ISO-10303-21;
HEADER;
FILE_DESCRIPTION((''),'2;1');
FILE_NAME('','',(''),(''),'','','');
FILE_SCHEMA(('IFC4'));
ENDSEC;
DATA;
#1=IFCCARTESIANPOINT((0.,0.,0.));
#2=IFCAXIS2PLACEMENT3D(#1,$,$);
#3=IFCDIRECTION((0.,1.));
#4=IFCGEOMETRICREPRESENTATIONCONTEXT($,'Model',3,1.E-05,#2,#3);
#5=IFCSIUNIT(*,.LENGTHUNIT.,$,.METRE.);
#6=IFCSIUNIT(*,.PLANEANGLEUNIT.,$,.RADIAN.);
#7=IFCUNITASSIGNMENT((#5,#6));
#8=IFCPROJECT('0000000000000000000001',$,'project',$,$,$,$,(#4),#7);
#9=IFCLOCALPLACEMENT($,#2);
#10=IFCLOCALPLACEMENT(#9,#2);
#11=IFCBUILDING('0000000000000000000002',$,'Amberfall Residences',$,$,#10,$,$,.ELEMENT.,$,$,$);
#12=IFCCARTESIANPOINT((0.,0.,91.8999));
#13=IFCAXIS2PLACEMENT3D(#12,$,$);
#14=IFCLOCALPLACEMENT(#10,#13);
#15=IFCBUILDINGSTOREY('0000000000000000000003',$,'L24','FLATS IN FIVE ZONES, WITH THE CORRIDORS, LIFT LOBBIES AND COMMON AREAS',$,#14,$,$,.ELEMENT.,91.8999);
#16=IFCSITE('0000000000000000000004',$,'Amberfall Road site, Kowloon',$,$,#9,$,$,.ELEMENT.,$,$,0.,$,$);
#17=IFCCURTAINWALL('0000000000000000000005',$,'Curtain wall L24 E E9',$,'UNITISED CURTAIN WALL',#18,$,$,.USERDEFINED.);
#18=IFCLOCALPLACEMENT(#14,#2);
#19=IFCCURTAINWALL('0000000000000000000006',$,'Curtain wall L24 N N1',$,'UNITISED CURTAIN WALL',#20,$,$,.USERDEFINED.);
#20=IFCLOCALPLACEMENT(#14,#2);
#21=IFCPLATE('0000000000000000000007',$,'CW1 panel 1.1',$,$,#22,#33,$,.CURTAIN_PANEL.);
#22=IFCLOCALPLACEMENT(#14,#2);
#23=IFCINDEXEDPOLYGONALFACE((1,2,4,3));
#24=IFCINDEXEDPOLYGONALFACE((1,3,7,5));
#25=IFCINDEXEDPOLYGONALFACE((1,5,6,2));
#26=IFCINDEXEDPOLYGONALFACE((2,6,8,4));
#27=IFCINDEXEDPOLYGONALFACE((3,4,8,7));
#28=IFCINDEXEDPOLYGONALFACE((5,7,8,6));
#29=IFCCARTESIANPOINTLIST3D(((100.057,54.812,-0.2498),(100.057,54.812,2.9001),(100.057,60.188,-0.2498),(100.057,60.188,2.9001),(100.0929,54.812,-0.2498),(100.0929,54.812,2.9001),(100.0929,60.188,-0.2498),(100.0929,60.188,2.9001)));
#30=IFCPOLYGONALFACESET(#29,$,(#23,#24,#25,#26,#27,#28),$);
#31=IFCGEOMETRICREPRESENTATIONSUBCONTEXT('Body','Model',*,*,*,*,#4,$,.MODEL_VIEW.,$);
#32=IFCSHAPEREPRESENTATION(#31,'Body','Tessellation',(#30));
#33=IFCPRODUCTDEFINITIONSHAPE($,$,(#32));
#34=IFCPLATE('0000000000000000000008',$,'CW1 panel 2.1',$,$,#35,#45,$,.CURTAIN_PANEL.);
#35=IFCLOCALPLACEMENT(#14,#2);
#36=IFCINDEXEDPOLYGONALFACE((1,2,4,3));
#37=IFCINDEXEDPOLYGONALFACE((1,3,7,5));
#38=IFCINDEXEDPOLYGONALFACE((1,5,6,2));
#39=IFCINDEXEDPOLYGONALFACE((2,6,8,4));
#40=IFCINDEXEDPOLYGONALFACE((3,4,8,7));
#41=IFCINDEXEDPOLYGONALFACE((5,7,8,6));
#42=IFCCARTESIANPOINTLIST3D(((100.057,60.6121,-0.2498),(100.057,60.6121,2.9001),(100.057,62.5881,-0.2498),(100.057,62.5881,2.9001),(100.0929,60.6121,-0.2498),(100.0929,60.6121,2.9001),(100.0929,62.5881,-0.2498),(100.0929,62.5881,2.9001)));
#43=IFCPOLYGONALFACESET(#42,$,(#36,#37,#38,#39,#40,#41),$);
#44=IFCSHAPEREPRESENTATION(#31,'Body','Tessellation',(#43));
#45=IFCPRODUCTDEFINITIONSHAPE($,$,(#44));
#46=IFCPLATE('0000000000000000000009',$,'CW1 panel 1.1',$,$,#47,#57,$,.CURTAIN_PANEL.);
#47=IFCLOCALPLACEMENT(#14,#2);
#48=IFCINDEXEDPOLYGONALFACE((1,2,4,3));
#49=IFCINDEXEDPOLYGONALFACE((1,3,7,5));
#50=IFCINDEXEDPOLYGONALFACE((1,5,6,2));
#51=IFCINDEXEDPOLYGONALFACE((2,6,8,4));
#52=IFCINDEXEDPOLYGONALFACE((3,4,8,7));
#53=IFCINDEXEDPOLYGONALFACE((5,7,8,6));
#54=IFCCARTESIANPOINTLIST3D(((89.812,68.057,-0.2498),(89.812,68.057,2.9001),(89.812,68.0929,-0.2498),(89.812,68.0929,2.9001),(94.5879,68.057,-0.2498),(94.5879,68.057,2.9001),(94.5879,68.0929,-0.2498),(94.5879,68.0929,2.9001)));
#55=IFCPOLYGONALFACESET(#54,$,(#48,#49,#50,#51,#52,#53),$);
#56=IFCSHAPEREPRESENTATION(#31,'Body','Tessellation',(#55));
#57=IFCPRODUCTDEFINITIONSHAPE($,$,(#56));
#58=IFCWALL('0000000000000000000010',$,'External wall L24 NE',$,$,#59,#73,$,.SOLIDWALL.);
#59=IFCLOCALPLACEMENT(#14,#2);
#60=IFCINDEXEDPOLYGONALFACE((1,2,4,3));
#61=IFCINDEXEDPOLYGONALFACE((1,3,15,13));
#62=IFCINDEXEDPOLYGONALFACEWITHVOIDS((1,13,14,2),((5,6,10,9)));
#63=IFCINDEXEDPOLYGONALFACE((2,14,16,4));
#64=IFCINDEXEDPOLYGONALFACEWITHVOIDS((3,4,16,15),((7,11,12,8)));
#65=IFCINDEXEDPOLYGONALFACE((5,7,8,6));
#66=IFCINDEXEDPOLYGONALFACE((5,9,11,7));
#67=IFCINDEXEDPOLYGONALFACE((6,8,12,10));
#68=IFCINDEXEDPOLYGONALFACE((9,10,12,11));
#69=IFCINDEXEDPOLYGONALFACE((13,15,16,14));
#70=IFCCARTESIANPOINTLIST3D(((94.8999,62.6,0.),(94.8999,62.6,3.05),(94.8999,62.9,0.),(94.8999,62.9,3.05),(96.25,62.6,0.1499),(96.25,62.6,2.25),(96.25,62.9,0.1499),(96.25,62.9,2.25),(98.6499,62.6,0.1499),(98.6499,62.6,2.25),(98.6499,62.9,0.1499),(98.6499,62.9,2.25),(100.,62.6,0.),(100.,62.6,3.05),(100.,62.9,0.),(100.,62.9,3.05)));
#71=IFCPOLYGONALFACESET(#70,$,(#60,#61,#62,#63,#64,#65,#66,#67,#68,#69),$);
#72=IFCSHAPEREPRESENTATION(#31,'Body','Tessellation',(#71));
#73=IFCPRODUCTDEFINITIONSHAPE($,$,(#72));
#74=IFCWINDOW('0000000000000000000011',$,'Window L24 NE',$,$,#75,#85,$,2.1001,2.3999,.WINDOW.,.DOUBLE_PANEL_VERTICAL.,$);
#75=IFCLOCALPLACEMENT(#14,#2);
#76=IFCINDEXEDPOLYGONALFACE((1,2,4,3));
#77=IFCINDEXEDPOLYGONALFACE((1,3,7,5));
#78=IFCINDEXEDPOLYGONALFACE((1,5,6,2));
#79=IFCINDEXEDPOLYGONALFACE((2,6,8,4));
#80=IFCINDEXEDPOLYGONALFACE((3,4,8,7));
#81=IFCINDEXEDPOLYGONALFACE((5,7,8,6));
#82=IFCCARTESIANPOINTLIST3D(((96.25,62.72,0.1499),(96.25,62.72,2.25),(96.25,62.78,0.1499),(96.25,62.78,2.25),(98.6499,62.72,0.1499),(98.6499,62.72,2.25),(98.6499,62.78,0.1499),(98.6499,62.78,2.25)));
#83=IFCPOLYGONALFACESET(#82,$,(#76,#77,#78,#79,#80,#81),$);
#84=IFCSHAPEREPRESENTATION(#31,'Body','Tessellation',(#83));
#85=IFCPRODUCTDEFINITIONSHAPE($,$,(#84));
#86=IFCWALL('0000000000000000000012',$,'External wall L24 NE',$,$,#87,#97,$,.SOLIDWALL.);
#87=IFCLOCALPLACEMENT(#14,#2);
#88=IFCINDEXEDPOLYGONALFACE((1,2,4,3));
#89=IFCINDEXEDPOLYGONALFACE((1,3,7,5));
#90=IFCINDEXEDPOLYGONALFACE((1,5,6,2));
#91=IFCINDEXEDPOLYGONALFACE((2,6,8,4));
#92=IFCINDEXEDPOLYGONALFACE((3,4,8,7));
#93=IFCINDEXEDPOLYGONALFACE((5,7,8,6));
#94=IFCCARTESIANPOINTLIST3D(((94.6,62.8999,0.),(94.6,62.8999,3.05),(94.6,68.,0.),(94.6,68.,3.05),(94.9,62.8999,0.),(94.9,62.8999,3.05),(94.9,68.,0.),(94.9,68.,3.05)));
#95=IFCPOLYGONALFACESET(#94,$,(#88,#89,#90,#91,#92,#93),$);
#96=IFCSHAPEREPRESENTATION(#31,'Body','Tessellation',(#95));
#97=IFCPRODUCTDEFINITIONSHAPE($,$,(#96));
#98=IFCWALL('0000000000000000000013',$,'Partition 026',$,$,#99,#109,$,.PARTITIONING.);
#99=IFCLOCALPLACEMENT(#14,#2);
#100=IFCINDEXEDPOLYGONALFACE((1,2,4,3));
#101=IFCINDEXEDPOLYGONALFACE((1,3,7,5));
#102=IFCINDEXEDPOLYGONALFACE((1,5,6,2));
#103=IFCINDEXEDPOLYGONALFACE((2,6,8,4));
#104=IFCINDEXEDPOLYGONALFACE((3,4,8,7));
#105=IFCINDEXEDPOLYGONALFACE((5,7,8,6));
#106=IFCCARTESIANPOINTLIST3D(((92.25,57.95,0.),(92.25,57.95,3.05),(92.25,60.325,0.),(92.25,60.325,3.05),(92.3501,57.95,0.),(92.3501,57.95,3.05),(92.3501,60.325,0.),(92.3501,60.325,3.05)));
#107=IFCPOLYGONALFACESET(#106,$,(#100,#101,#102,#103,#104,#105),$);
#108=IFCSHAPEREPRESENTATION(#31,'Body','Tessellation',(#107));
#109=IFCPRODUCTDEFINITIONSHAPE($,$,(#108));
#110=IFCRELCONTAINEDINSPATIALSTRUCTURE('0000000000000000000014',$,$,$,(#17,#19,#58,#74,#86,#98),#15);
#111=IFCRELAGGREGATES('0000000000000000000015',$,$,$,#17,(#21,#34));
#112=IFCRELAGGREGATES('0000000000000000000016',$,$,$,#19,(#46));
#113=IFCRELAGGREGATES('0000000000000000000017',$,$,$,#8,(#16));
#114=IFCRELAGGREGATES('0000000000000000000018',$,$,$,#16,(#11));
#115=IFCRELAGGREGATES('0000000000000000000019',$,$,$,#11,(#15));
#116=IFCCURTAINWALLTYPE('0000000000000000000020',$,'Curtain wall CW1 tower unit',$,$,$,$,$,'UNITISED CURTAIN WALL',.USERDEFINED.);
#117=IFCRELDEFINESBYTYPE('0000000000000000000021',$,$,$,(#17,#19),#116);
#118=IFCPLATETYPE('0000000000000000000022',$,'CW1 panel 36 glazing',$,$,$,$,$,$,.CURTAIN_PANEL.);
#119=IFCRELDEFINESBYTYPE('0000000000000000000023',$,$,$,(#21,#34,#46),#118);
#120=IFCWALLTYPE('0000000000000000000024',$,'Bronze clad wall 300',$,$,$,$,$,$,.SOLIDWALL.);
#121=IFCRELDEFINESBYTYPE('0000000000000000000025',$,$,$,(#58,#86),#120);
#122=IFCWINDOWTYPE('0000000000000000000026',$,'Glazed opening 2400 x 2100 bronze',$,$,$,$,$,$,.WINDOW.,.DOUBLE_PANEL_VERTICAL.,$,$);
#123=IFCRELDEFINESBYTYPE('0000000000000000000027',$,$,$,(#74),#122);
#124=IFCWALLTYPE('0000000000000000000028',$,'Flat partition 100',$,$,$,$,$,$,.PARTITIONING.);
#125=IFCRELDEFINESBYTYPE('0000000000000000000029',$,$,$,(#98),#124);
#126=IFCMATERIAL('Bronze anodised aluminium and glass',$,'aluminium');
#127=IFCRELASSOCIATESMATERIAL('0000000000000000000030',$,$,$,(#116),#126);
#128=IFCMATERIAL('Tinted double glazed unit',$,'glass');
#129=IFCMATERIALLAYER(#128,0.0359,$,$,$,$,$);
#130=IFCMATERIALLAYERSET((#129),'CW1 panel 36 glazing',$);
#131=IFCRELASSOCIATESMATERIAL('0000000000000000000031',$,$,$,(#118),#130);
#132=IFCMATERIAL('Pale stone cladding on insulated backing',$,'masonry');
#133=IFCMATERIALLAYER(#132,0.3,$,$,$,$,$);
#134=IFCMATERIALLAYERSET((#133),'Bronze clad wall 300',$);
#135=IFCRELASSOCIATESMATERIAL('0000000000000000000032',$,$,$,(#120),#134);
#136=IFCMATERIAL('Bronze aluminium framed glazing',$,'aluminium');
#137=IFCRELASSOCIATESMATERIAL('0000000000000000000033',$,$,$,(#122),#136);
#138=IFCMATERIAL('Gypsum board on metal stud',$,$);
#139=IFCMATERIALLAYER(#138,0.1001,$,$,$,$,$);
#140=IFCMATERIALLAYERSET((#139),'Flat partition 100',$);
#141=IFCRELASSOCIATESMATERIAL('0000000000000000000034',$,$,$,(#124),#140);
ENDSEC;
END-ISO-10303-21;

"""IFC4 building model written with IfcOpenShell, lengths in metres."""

from ifc_helpers import new_model, si_unit, direction, frame, frame_2d, origin, origin_2d, place, context, subcontext, project, spatial, rectangle, extrude, material, layer, layer_set, type_object, element, fill, aggregate, save


model = new_model("IFC4")

# Units and contexts
model_context = context("Model", 3, precision=1e-05, world=origin(), true_north=direction((0.0, 1.0)))
body_context = subcontext(model_context, "Body", "Model", "MODEL_VIEW")
ifc_project = project(units=[si_unit("LENGTHUNIT", "METRE"), si_unit("PLANEANGLEUNIT", "RADIAN")], contexts=[model_context])

# Site, building, storey
site_placement = place(None, origin())
site = spatial("IfcSite", under=ifc_project, at=site_placement, Name="Amberfall Road site, Kowloon", CompositionType="ELEMENT", RefElevation=0.0)
building_placement = place(site_placement, origin())
building = spatial("IfcBuilding", under=site, at=building_placement, Name="Amberfall Residences", CompositionType="ELEMENT")
storey_placement = place(building_placement, frame((0.0, 0.0, 91.8999)))
storey = spatial("IfcBuildingStorey", under=building, at=storey_placement, Name="L24", Description="FLATS IN FIVE ZONES, WITH THE CORRIDORS, LIFT LOBBIES AND COMMON AREAS", CompositionType="ELEMENT", Elevation=91.8999)

# Curtain walls
ifc_material_1 = material(Name="Bronze anodised aluminium and glass", Category="aluminium")
curtain_wall_type = type_object("IfcCurtainWallType", Name="Curtain wall CW1 tower unit", ElementType="UNITISED CURTAIN WALL", PredefinedType="USERDEFINED", material=ifc_material_1)
curtain_wall_1_placement = place(storey_placement, origin())
curtain_wall_1 = element("IfcCurtainWall", 1, at=curtain_wall_1_placement, inside=storey, type_object=curtain_wall_type, Name="Curtain wall L24 E E9", ObjectType="UNITISED CURTAIN WALL", PredefinedType="USERDEFINED")
curtain_wall_2_placement = place(storey_placement, origin())
curtain_wall_2 = element("IfcCurtainWall", 2, at=curtain_wall_2_placement, inside=storey, type_object=curtain_wall_type, Name="Curtain wall L24 N N1", ObjectType="UNITISED CURTAIN WALL", PredefinedType="USERDEFINED")

# Plates
ifc_material_2 = material(Name="Tinted double glazed unit", Category="glass")
ifc_layer_1 = layer(ifc_material_2, 0.0359)
ifc_layer_set_1 = layer_set([ifc_layer_1], Name="CW1 panel 36 glazing")
plate_type = type_object("IfcPlateType", Name="CW1 panel 36 glazing", PredefinedType="CURTAIN_PANEL", material=ifc_layer_set_1)
plate_1_placement = place(storey_placement, frame((100.075, 57.5, -0.2498), z_axis=(0.0, 0.0, 1.0), x_axis=(0.0, 1.0, 0.0)))
plate_1 = element("IfcPlate", 3, at=plate_1_placement, type_object=plate_type, Name="CW1 panel 1.1", PredefinedType="CURTAIN_PANEL", context=body_context, shape_type="SweptSolid", body=[
    extrude(rectangle(XDim=5.376, YDim=0.0359, at=origin_2d()), origin(), (0.0, 0.0, 1.0), 3.1499),
])
plate_2_placement = place(storey_placement, frame((100.075, 61.6001, -0.2498), z_axis=(0.0, 0.0, 1.0), x_axis=(0.0, 1.0, 0.0)))
plate_2 = element("IfcPlate", 4, at=plate_2_placement, type_object=plate_type, Name="CW1 panel 2.1", PredefinedType="CURTAIN_PANEL", context=body_context, shape_type="SweptSolid", body=[
    extrude(rectangle(XDim=1.9761, YDim=0.0359, at=origin_2d()), origin(), (0.0, 0.0, 1.0), 3.1499),
])
aggregate(curtain_wall_1, [plate_1, plate_2])
plate_3_placement = place(storey_placement, frame((92.2, 68.075, -0.2498), z_axis=(0.0, 0.0, 1.0), x_axis=(-1.0, 0.0, 0.0)))
plate_3 = element("IfcPlate", 5, at=plate_3_placement, type_object=plate_type, Name="CW1 panel 1.1", PredefinedType="CURTAIN_PANEL", context=body_context, shape_type="SweptSolid", body=[
    extrude(rectangle(XDim=4.7759, YDim=0.0359, at=origin_2d()), origin(), (0.0, 0.0, 1.0), 3.1499),
])
aggregate(curtain_wall_2, [plate_3])

# Wall, opening, window
ifc_material_3 = material(Name="Pale stone cladding on insulated backing", Category="masonry")
ifc_layer_2 = layer(ifc_material_3, 0.3)
ifc_layer_set_2 = layer_set([ifc_layer_2], Name="Bronze clad wall 300")
wall_type_1 = type_object("IfcWallType", Name="Bronze clad wall 300", PredefinedType="SOLIDWALL", material=ifc_layer_set_2)
wall_1_placement = place(storey_placement, frame((100.0, 62.75, 0.0), z_axis=(0.0, 0.0, 1.0), x_axis=(-1.0, 0.0, 0.0)))
wall_1 = element("IfcWall", 6, at=wall_1_placement, inside=storey, type_object=wall_type_1, Name="External wall L24 NE", PredefinedType="SOLIDWALL", context=body_context, shape_type="SweptSolid", body=[
    extrude(rectangle(XDim=5.1001, YDim=0.3, at=frame_2d((2.55, 0.0))), origin(), (0.0, 0.0, 1.0), 3.05),
])
opening_placement = place(wall_1_placement, frame((1.3501, 0.0, 0.1499)))
opening = element("IfcOpeningElement", 7, at=opening_placement, cuts=wall_1, PredefinedType="OPENING", context=body_context, shape_type="SweptSolid", body=[
    extrude(rectangle(XDim=2.3999, YDim=2.1001, at=frame_2d((1.2, 1.05))), frame((0.0, 0.1599, 0.0), z_axis=(0.0, -1.0, 0.0), x_axis=(1.0, 0.0, 0.0)), (0.0, 0.0, 1.0), 0.3201),
])
ifc_material_4 = material(Name="Bronze aluminium framed glazing", Category="aluminium")
window_type = type_object("IfcWindowType", Name="Glazed opening 2400 x 2100 bronze", PartitioningType="DOUBLE_PANEL_VERTICAL", PredefinedType="WINDOW", material=ifc_material_4)
window_placement = place(opening_placement, origin())
window = element("IfcWindow", 8, at=window_placement, inside=storey, type_object=window_type, Name="Window L24 NE", OverallHeight=2.1001, OverallWidth=2.3999, PartitioningType="DOUBLE_PANEL_VERTICAL", PredefinedType="WINDOW", context=body_context, shape_type="SweptSolid", body=[
    extrude(rectangle(XDim=2.3999, YDim=2.1001, at=frame_2d((1.2, 1.05))), frame((0.0, 0.03, 0.0), z_axis=(0.0, -1.0, 0.0), x_axis=(1.0, 0.0, 0.0)), (0.0, 0.0, 1.0), 0.0601),
])
fill(opening, window)

# Walls
wall_2_placement = place(storey_placement, frame((94.75, 62.8999, 0.0), z_axis=(0.0, 0.0, 1.0), x_axis=(0.0, 1.0, 0.0)))
element("IfcWall", 9, at=wall_2_placement, inside=storey, type_object=wall_type_1, Name="External wall L24 NE", PredefinedType="SOLIDWALL", context=body_context, shape_type="SweptSolid", body=[
    extrude(rectangle(XDim=5.1001, YDim=0.3, at=frame_2d((2.55, 0.0))), origin(), (0.0, 0.0, 1.0), 3.05),
])
ifc_material_5 = material(Name="Gypsum board on metal stud")
ifc_layer_3 = layer(ifc_material_5, 0.1001)
ifc_layer_set_3 = layer_set([ifc_layer_3], Name="Flat partition 100")
wall_type_2 = type_object("IfcWallType", Name="Flat partition 100", PredefinedType="PARTITIONING", material=ifc_layer_set_3)
wall_3_placement = place(storey_placement, frame((92.3, 57.95, 0.0), z_axis=(0.0, 0.0, 1.0), x_axis=(0.0, 1.0, 0.0)))
element("IfcWall", 10, at=wall_3_placement, inside=storey, type_object=wall_type_2, Name="Partition 026", PredefinedType="PARTITIONING", context=body_context, shape_type="SweptSolid", body=[
    extrude(rectangle(XDim=2.375, YDim=0.1001, at=frame_2d((1.1875, 0.0))), origin(), (0.0, 0.0, 1.0), 3.05),
])

save(model, "model.ifc")
